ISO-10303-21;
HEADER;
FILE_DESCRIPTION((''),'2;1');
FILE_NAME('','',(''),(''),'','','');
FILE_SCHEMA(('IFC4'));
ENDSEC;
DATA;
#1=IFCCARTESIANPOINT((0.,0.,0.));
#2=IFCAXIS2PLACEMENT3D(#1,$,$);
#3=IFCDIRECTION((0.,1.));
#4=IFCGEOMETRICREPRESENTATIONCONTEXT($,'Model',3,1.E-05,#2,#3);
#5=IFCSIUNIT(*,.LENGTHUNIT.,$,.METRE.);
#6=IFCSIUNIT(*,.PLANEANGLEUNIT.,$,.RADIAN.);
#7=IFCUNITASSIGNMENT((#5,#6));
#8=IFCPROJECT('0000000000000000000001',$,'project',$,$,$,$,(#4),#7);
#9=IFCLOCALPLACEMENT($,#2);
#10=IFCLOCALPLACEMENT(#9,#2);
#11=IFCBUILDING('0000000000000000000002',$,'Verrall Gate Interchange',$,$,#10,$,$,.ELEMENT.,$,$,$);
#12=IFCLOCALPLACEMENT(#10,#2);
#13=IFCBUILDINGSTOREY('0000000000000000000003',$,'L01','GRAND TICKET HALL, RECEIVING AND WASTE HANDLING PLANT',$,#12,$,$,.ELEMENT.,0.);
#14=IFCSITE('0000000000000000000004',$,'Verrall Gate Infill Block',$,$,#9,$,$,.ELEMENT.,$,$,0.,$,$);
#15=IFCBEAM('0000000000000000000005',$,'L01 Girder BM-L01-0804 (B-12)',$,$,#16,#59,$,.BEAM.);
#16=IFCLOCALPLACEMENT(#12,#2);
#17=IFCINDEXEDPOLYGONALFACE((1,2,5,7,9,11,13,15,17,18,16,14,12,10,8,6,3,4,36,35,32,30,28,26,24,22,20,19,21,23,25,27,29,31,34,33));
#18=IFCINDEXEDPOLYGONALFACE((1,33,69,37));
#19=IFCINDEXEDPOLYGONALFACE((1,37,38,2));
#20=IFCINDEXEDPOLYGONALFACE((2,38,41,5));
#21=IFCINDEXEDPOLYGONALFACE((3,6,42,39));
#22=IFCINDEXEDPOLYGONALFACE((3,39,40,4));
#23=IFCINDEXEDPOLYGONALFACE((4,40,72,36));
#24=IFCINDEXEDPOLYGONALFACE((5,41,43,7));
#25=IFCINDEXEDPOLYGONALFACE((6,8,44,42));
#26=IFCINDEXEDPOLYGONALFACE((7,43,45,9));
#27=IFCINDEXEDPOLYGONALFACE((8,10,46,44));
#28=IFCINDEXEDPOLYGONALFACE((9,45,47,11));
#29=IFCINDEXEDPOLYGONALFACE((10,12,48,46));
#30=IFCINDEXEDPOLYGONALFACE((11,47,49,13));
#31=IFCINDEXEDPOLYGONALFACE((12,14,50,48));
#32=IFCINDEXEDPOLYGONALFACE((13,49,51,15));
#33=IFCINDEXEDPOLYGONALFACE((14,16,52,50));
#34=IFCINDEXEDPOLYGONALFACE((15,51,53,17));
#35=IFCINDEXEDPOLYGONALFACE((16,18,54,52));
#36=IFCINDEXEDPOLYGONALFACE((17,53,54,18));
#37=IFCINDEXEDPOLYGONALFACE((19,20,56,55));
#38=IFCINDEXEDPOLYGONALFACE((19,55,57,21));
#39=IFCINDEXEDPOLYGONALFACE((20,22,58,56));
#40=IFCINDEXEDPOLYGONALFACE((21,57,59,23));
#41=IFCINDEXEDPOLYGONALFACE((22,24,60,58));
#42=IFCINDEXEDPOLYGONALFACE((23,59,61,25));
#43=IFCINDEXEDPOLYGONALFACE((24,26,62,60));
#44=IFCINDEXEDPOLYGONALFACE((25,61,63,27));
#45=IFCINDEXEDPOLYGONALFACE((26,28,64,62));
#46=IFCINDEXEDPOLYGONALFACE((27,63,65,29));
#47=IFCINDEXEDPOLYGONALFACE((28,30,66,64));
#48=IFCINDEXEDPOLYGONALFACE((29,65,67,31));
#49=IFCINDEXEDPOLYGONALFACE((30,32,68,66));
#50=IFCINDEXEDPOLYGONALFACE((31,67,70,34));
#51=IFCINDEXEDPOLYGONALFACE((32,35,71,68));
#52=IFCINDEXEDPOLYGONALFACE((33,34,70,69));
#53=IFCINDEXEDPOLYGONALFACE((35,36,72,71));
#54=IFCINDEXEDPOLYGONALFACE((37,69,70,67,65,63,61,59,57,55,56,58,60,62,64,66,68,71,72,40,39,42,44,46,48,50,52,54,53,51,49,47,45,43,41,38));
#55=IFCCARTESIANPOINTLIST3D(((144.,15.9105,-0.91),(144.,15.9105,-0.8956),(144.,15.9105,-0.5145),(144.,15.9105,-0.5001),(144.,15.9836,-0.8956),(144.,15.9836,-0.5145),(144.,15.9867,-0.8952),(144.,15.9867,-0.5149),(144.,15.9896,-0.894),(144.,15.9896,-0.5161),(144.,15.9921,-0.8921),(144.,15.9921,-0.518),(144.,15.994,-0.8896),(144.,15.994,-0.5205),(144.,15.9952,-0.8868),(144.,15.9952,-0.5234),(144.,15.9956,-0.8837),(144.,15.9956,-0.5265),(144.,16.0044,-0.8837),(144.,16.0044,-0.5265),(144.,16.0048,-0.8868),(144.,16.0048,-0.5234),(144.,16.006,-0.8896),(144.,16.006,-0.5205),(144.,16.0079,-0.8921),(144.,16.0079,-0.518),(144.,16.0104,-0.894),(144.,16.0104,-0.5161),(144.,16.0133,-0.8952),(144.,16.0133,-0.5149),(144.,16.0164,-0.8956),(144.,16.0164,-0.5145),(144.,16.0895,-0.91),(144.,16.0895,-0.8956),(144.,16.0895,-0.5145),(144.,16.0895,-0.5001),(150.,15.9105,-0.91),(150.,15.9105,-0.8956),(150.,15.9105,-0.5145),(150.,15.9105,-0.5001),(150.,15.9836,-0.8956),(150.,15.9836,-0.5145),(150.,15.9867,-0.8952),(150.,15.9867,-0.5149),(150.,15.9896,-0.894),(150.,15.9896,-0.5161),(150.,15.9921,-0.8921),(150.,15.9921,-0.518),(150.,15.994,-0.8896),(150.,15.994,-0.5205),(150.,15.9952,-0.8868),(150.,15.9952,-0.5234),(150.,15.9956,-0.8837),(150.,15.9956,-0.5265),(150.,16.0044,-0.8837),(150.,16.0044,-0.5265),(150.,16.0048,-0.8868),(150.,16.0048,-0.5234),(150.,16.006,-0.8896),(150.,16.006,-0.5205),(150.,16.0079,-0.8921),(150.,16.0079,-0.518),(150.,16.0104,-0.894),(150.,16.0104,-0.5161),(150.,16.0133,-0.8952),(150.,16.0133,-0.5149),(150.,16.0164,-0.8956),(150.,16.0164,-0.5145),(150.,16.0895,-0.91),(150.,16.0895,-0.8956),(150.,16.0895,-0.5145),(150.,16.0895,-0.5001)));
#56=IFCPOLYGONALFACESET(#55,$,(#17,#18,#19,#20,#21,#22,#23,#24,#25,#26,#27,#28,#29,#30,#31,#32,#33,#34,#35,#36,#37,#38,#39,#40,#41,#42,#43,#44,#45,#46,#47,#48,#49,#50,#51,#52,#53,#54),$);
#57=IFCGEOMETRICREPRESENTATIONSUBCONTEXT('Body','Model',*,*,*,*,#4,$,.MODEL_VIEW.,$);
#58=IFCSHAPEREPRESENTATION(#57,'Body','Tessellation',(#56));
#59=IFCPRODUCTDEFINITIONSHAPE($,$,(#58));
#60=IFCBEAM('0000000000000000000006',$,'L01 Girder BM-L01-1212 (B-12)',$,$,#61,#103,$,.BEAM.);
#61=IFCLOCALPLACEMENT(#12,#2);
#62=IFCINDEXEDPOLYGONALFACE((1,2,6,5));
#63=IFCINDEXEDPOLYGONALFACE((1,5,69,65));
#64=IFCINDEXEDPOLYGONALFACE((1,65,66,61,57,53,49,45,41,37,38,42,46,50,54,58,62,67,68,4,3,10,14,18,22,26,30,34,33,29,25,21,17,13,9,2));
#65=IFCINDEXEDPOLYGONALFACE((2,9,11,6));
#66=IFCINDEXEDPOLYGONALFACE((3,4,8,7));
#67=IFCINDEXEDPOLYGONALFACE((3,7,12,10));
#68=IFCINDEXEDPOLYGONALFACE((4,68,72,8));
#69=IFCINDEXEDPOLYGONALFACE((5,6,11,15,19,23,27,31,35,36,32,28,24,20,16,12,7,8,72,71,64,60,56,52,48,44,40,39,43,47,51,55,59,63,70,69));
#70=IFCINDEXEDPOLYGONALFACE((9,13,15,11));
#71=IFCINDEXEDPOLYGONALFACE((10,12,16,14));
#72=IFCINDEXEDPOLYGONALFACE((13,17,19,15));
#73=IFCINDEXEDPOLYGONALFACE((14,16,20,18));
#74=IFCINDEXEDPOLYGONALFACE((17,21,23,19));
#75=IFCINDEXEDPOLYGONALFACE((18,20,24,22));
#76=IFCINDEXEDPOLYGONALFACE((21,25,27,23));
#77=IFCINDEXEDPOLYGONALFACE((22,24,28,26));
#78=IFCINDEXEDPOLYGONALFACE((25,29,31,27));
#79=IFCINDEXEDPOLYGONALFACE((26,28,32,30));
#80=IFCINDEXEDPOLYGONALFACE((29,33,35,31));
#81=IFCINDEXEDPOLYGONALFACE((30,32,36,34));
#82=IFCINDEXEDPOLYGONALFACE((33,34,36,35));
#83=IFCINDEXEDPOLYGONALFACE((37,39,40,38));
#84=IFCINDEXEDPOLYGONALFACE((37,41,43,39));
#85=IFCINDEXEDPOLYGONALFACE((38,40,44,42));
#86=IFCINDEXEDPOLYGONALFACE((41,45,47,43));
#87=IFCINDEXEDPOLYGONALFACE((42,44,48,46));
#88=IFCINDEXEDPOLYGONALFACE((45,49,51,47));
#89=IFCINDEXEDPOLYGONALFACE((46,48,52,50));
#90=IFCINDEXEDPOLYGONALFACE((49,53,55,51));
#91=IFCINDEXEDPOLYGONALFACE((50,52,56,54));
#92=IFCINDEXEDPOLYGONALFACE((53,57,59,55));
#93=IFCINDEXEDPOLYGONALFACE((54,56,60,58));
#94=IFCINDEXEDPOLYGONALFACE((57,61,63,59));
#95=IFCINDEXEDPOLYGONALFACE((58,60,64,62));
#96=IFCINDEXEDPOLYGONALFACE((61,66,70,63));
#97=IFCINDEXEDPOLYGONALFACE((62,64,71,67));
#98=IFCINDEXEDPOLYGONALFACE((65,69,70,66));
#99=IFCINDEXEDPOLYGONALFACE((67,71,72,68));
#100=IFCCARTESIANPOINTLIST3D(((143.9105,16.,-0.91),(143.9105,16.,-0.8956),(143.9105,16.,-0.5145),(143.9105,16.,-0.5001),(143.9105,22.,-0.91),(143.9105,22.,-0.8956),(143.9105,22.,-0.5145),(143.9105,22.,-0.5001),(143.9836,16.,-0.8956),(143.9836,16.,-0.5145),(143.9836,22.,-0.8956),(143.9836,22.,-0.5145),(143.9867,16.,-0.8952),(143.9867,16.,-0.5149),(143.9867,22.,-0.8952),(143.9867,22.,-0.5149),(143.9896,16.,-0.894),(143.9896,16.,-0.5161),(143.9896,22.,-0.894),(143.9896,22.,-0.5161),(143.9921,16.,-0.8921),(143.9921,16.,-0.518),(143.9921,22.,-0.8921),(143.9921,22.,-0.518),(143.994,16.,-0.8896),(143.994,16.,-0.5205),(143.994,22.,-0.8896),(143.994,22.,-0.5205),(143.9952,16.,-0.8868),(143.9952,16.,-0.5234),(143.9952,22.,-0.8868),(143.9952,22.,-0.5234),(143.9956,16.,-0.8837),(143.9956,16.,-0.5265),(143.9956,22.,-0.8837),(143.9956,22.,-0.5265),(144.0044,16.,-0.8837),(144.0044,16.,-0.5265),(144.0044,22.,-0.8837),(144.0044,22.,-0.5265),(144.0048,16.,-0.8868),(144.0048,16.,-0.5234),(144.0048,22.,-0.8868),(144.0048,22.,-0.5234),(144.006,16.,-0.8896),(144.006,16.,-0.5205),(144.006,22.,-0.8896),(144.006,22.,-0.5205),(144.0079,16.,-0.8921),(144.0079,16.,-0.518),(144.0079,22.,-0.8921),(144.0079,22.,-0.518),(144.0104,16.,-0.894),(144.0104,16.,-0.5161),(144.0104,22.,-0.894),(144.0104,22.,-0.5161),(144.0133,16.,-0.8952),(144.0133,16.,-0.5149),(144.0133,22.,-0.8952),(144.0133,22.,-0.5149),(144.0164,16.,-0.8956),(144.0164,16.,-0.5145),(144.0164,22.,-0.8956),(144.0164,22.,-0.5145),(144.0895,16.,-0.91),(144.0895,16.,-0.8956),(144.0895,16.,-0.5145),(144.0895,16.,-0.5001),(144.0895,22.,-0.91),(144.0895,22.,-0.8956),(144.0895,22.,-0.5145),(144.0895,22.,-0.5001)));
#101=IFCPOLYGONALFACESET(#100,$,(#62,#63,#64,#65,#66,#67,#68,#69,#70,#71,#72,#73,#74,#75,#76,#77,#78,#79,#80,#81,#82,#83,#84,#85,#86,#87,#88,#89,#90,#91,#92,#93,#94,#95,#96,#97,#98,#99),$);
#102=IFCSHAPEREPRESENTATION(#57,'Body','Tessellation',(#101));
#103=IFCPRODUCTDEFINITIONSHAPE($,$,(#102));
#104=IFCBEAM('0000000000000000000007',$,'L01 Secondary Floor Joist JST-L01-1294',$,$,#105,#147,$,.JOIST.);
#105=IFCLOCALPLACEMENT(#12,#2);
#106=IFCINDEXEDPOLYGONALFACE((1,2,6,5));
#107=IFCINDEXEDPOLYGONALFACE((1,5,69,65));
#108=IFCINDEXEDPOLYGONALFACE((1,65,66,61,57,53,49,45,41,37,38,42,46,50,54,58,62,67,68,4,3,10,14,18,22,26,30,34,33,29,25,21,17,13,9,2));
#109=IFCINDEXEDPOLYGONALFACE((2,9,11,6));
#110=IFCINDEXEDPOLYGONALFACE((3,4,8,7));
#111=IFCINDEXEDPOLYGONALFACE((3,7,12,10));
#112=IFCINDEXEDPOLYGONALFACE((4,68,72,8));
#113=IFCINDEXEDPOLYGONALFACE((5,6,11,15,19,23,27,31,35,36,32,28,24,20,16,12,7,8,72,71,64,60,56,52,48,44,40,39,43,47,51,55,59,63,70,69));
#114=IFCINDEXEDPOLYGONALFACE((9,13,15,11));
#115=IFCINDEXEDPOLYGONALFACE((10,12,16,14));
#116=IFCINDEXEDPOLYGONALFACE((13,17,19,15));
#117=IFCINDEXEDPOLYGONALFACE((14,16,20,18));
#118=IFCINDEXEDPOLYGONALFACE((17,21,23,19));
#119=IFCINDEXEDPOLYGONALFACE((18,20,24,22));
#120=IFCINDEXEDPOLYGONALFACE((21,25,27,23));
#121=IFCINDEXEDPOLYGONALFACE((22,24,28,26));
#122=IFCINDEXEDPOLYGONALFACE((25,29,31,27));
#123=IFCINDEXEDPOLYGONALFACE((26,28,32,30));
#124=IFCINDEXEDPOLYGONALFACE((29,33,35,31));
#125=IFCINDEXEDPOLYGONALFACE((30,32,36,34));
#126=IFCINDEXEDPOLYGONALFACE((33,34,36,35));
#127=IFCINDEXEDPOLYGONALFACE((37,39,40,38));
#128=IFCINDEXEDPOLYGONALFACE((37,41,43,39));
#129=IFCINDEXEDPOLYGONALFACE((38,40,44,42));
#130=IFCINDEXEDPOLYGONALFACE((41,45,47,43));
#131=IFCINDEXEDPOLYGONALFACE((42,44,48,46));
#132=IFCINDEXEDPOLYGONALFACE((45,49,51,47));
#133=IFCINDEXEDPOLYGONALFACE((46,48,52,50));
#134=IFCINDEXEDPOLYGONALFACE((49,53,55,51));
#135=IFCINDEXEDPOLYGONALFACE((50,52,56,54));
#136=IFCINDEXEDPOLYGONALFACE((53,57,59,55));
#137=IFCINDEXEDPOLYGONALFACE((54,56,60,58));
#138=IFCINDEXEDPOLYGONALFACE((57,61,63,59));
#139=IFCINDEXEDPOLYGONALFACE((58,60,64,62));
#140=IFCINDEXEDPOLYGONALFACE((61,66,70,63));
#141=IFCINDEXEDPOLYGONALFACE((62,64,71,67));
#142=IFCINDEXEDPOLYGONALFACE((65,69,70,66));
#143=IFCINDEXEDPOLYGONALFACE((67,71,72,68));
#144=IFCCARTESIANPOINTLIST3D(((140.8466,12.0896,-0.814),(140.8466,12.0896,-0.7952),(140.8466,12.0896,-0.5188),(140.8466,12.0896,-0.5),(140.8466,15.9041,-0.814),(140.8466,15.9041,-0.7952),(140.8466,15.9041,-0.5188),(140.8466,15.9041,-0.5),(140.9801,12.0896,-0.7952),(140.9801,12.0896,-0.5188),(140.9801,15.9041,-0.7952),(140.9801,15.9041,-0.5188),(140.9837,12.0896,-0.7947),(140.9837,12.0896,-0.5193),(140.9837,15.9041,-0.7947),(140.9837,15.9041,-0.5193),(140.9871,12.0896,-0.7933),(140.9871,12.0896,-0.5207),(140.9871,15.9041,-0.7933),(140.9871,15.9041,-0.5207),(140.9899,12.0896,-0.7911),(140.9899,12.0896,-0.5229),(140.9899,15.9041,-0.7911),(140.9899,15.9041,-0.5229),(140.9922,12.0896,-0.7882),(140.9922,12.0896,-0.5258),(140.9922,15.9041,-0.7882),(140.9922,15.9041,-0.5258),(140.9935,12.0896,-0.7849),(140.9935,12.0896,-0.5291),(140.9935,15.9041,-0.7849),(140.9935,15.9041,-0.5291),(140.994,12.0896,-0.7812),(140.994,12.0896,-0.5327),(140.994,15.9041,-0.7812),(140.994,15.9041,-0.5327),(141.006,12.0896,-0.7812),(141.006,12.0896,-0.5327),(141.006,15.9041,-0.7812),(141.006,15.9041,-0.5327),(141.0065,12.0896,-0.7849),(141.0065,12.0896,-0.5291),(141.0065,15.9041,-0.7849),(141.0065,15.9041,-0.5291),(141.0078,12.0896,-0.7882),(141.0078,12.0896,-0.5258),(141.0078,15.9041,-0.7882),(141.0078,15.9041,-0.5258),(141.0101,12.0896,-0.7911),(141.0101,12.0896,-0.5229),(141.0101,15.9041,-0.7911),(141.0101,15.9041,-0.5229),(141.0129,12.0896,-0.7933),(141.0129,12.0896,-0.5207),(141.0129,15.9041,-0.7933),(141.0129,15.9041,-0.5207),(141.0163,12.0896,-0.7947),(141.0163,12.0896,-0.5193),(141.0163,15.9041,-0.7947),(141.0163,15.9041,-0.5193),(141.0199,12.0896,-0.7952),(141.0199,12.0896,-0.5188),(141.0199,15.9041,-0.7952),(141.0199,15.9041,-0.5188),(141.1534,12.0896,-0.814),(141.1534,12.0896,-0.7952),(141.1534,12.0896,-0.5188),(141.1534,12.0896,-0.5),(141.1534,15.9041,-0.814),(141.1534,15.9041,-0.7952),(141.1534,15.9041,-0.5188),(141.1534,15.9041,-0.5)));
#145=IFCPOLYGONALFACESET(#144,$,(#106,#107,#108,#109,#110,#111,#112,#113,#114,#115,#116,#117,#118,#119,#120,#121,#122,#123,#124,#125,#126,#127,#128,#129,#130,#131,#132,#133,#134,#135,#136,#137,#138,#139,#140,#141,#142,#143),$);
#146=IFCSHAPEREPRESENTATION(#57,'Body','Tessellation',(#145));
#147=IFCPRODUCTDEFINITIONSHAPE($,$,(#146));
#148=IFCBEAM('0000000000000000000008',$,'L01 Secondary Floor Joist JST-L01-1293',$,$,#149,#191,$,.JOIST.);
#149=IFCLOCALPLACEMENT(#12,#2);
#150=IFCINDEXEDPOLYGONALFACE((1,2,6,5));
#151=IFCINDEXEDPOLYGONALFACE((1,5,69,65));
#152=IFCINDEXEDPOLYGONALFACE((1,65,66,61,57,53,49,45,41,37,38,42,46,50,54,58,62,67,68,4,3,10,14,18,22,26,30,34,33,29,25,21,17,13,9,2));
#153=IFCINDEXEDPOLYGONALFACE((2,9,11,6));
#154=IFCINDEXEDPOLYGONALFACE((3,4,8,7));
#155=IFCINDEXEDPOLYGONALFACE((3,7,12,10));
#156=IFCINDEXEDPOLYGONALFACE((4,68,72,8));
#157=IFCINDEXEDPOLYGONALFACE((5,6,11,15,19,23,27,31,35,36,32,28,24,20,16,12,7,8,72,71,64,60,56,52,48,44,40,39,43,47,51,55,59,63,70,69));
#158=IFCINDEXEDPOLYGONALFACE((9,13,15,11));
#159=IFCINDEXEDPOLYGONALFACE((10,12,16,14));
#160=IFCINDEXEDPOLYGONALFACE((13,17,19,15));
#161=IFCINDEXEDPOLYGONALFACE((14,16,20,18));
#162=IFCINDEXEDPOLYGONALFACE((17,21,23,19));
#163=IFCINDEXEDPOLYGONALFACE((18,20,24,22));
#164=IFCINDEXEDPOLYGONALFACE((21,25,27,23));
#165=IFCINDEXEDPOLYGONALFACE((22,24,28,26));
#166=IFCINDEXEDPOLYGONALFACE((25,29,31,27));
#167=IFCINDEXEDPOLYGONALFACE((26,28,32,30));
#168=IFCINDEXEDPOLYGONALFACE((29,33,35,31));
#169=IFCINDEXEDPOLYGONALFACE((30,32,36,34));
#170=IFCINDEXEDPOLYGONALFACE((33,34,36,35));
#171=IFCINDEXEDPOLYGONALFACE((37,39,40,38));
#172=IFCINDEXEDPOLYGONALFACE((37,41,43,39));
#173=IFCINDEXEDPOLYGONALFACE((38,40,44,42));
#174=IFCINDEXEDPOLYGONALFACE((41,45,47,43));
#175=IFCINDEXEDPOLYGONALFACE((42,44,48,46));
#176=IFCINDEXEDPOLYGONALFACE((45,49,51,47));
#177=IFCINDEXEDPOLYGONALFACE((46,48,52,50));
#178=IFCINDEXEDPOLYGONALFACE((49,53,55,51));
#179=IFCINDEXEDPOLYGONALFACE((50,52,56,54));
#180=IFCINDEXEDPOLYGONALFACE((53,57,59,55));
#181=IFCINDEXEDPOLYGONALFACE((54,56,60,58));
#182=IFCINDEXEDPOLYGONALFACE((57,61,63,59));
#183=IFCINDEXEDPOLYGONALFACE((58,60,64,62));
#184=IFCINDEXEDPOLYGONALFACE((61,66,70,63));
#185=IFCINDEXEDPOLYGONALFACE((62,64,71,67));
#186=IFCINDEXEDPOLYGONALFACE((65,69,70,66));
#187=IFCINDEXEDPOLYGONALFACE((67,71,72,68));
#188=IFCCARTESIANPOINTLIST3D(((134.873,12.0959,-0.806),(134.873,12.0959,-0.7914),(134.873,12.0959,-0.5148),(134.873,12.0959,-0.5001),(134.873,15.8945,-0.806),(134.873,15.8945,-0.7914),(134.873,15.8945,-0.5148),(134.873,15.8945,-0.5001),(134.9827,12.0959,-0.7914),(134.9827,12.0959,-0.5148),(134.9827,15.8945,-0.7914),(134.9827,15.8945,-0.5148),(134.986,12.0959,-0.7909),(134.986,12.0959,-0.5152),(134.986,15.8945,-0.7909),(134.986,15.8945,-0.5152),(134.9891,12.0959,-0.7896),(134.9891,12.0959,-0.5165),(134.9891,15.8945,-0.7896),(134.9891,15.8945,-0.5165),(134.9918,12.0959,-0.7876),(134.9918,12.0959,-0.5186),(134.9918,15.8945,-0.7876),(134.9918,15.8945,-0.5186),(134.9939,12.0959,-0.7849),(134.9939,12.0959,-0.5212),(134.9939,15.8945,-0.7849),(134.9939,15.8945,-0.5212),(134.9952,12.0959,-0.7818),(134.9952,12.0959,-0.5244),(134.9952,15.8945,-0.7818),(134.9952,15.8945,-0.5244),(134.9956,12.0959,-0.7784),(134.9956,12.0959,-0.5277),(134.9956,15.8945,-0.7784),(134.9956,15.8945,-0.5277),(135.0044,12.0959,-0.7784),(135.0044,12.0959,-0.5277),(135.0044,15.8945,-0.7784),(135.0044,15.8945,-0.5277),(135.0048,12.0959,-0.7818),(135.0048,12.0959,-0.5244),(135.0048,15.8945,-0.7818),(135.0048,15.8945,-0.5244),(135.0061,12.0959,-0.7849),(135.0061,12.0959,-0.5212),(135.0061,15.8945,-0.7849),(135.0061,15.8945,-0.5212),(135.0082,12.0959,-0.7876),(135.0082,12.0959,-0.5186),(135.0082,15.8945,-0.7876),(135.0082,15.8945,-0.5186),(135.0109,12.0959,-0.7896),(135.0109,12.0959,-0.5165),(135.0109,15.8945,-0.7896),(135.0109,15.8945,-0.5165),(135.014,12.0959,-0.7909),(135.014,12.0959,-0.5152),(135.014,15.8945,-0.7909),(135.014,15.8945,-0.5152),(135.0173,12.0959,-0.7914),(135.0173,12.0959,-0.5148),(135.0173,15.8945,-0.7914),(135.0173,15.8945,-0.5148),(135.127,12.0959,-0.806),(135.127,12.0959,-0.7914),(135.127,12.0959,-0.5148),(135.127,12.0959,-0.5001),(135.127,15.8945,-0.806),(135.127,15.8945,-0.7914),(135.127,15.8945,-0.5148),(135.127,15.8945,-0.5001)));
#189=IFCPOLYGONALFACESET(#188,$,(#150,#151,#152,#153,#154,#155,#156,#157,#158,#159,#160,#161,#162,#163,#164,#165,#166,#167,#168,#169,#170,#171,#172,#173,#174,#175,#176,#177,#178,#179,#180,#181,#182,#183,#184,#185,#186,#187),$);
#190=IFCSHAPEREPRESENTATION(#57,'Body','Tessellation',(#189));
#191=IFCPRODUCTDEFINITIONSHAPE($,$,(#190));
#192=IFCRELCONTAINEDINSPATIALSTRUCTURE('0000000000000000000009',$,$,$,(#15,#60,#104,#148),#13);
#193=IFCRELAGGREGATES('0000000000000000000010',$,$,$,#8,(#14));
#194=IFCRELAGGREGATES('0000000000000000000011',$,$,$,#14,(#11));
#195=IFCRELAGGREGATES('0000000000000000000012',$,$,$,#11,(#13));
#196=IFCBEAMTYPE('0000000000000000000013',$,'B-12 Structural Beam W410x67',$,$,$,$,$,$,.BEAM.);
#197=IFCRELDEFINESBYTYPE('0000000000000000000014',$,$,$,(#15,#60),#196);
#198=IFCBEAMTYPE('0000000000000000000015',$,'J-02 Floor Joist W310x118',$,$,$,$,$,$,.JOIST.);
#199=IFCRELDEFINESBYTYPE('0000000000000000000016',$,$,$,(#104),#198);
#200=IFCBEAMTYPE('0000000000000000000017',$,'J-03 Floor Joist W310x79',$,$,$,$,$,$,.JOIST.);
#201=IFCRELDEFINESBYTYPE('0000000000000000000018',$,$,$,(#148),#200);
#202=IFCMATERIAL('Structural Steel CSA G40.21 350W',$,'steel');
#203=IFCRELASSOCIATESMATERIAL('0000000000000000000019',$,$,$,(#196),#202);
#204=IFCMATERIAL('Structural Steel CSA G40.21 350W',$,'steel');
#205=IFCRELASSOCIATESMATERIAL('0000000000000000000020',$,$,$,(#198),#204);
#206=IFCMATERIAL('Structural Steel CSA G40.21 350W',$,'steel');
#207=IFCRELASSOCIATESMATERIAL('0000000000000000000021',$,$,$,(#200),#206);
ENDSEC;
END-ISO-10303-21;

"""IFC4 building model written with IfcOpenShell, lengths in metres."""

from ifc_helpers import new_model, si_unit, direction, frame, origin, origin_2d, place, context, subcontext, project, spatial, i_section, extrude, material, material_profile, profile_set, type_object, element, save


model = new_model("IFC4")

# Units and contexts
model_context = context("Model", 3, precision=1e-05, world=origin(), true_north=direction((0.0, 1.0)))
body_context = subcontext(model_context, "Body", "Model", "MODEL_VIEW")
ifc_project = project(units=[si_unit("LENGTHUNIT", "METRE"), si_unit("PLANEANGLEUNIT", "RADIAN")], contexts=[model_context])

# Site, building, storey
site_placement = place(None, origin())
site = spatial("IfcSite", under=ifc_project, at=site_placement, Name="Verrall Gate Infill Block", CompositionType="ELEMENT", RefElevation=0.0)
building_placement = place(site_placement, origin())
building = spatial("IfcBuilding", under=site, at=building_placement, Name="Verrall Gate Interchange", CompositionType="ELEMENT")
storey_placement = place(building_placement, origin())
storey = spatial("IfcBuildingStorey", under=building, at=storey_placement, Name="L01", Description="GRAND TICKET HALL, RECEIVING AND WASTE HANDLING PLANT", CompositionType="ELEMENT", Elevation=0.0)

# Beams
ifc_material_1 = material(Name="Structural Steel CSA G40.21 350W", Category="steel")
ifc_material_profile_1 = material_profile(ifc_material_1, i_section(OverallWidth=0.179, OverallDepth=0.4099, WebThickness=0.0088, FlangeThickness=0.0144, FilletRadius=0.012, at=origin_2d()), Name="W410x67")
ifc_profile_set_1 = profile_set([ifc_material_profile_1], Name="Structural Steel CSA G40.21 350W")
beam_type_1 = type_object("IfcBeamType", Name="B-12 Structural Beam W410x67", PredefinedType="BEAM", material=ifc_profile_set_1)
for number, where, z_axis, x_axis, name in (
    (1, (144.0, 16.0, -0.7051), (1.0, 0.0, 0.0), (0.0, 1.0, 0.0), "L01 Girder BM-L01-0804 (B-12)"),
    (2, (144.0, 16.0, -0.7051), (0.0, 1.0, 0.0), (-1.0, 0.0, 0.0), "L01 Girder BM-L01-1212 (B-12)"),
):
    element("IfcBeam", number, at=place(storey_placement, frame(where, z_axis=z_axis, x_axis=x_axis)), inside=storey, type_object=beam_type_1, Name=name, PredefinedType="BEAM", context=body_context, shape_type="SweptSolid", body=[
        extrude(i_section(OverallWidth=0.179, OverallDepth=0.4099, WebThickness=0.0088, FlangeThickness=0.0144, FilletRadius=0.012, at=origin_2d()), origin(), (0.0, 0.0, 1.0), 6.0),
    ])
ifc_material_2 = material(Name="Structural Steel CSA G40.21 350W", Category="steel")
ifc_material_profile_2 = material_profile(ifc_material_2, i_section(OverallWidth=0.3069, OverallDepth=0.314, WebThickness=0.012, FlangeThickness=0.0188, FilletRadius=0.0139, at=origin_2d()), Name="W310x118")
ifc_profile_set_2 = profile_set([ifc_material_profile_2], Name="Structural Steel CSA G40.21 350W")
beam_type_2 = type_object("IfcBeamType", Name="J-02 Floor Joist W310x118", PredefinedType="JOIST", material=ifc_profile_set_2)
beam_1_placement = place(storey_placement, frame((141.0, 12.0896, -0.657), z_axis=(0.0, 1.0, 0.0), x_axis=(-1.0, 0.0, 0.0)))
element("IfcBeam", 3, at=beam_1_placement, inside=storey, type_object=beam_type_2, Name="L01 Secondary Floor Joist JST-L01-1294", PredefinedType="JOIST", context=body_context, shape_type="SweptSolid", body=[
    extrude(i_section(OverallWidth=0.3069, OverallDepth=0.314, WebThickness=0.012, FlangeThickness=0.0188, FilletRadius=0.0139, at=origin_2d()), origin(), (0.0, 0.0, 1.0), 3.8145),
])
ifc_material_3 = material(Name="Structural Steel CSA G40.21 350W", Category="steel")
ifc_material_profile_3 = material_profile(ifc_material_3, i_section(OverallWidth=0.2539, OverallDepth=0.3059, WebThickness=0.0088, FlangeThickness=0.0146, FilletRadius=0.0129, at=origin_2d()), Name="W310x79")
ifc_profile_set_3 = profile_set([ifc_material_profile_3], Name="Structural Steel CSA G40.21 350W")
beam_type_3 = type_object("IfcBeamType", Name="J-03 Floor Joist W310x79", PredefinedType="JOIST", material=ifc_profile_set_3)
beam_2_placement = place(storey_placement, frame((135.0, 12.0959, -0.6531), z_axis=(0.0, 1.0, 0.0), x_axis=(-1.0, 0.0, 0.0)))
element("IfcBeam", 4, at=beam_2_placement, inside=storey, type_object=beam_type_3, Name="L01 Secondary Floor Joist JST-L01-1293", PredefinedType="JOIST", context=body_context, shape_type="SweptSolid", body=[
    extrude(i_section(OverallWidth=0.2539, OverallDepth=0.3059, WebThickness=0.0088, FlangeThickness=0.0146, FilletRadius=0.0129, at=origin_2d()), origin(), (0.0, 0.0, 1.0), 3.7986),
])

save(model, "model.ifc")
